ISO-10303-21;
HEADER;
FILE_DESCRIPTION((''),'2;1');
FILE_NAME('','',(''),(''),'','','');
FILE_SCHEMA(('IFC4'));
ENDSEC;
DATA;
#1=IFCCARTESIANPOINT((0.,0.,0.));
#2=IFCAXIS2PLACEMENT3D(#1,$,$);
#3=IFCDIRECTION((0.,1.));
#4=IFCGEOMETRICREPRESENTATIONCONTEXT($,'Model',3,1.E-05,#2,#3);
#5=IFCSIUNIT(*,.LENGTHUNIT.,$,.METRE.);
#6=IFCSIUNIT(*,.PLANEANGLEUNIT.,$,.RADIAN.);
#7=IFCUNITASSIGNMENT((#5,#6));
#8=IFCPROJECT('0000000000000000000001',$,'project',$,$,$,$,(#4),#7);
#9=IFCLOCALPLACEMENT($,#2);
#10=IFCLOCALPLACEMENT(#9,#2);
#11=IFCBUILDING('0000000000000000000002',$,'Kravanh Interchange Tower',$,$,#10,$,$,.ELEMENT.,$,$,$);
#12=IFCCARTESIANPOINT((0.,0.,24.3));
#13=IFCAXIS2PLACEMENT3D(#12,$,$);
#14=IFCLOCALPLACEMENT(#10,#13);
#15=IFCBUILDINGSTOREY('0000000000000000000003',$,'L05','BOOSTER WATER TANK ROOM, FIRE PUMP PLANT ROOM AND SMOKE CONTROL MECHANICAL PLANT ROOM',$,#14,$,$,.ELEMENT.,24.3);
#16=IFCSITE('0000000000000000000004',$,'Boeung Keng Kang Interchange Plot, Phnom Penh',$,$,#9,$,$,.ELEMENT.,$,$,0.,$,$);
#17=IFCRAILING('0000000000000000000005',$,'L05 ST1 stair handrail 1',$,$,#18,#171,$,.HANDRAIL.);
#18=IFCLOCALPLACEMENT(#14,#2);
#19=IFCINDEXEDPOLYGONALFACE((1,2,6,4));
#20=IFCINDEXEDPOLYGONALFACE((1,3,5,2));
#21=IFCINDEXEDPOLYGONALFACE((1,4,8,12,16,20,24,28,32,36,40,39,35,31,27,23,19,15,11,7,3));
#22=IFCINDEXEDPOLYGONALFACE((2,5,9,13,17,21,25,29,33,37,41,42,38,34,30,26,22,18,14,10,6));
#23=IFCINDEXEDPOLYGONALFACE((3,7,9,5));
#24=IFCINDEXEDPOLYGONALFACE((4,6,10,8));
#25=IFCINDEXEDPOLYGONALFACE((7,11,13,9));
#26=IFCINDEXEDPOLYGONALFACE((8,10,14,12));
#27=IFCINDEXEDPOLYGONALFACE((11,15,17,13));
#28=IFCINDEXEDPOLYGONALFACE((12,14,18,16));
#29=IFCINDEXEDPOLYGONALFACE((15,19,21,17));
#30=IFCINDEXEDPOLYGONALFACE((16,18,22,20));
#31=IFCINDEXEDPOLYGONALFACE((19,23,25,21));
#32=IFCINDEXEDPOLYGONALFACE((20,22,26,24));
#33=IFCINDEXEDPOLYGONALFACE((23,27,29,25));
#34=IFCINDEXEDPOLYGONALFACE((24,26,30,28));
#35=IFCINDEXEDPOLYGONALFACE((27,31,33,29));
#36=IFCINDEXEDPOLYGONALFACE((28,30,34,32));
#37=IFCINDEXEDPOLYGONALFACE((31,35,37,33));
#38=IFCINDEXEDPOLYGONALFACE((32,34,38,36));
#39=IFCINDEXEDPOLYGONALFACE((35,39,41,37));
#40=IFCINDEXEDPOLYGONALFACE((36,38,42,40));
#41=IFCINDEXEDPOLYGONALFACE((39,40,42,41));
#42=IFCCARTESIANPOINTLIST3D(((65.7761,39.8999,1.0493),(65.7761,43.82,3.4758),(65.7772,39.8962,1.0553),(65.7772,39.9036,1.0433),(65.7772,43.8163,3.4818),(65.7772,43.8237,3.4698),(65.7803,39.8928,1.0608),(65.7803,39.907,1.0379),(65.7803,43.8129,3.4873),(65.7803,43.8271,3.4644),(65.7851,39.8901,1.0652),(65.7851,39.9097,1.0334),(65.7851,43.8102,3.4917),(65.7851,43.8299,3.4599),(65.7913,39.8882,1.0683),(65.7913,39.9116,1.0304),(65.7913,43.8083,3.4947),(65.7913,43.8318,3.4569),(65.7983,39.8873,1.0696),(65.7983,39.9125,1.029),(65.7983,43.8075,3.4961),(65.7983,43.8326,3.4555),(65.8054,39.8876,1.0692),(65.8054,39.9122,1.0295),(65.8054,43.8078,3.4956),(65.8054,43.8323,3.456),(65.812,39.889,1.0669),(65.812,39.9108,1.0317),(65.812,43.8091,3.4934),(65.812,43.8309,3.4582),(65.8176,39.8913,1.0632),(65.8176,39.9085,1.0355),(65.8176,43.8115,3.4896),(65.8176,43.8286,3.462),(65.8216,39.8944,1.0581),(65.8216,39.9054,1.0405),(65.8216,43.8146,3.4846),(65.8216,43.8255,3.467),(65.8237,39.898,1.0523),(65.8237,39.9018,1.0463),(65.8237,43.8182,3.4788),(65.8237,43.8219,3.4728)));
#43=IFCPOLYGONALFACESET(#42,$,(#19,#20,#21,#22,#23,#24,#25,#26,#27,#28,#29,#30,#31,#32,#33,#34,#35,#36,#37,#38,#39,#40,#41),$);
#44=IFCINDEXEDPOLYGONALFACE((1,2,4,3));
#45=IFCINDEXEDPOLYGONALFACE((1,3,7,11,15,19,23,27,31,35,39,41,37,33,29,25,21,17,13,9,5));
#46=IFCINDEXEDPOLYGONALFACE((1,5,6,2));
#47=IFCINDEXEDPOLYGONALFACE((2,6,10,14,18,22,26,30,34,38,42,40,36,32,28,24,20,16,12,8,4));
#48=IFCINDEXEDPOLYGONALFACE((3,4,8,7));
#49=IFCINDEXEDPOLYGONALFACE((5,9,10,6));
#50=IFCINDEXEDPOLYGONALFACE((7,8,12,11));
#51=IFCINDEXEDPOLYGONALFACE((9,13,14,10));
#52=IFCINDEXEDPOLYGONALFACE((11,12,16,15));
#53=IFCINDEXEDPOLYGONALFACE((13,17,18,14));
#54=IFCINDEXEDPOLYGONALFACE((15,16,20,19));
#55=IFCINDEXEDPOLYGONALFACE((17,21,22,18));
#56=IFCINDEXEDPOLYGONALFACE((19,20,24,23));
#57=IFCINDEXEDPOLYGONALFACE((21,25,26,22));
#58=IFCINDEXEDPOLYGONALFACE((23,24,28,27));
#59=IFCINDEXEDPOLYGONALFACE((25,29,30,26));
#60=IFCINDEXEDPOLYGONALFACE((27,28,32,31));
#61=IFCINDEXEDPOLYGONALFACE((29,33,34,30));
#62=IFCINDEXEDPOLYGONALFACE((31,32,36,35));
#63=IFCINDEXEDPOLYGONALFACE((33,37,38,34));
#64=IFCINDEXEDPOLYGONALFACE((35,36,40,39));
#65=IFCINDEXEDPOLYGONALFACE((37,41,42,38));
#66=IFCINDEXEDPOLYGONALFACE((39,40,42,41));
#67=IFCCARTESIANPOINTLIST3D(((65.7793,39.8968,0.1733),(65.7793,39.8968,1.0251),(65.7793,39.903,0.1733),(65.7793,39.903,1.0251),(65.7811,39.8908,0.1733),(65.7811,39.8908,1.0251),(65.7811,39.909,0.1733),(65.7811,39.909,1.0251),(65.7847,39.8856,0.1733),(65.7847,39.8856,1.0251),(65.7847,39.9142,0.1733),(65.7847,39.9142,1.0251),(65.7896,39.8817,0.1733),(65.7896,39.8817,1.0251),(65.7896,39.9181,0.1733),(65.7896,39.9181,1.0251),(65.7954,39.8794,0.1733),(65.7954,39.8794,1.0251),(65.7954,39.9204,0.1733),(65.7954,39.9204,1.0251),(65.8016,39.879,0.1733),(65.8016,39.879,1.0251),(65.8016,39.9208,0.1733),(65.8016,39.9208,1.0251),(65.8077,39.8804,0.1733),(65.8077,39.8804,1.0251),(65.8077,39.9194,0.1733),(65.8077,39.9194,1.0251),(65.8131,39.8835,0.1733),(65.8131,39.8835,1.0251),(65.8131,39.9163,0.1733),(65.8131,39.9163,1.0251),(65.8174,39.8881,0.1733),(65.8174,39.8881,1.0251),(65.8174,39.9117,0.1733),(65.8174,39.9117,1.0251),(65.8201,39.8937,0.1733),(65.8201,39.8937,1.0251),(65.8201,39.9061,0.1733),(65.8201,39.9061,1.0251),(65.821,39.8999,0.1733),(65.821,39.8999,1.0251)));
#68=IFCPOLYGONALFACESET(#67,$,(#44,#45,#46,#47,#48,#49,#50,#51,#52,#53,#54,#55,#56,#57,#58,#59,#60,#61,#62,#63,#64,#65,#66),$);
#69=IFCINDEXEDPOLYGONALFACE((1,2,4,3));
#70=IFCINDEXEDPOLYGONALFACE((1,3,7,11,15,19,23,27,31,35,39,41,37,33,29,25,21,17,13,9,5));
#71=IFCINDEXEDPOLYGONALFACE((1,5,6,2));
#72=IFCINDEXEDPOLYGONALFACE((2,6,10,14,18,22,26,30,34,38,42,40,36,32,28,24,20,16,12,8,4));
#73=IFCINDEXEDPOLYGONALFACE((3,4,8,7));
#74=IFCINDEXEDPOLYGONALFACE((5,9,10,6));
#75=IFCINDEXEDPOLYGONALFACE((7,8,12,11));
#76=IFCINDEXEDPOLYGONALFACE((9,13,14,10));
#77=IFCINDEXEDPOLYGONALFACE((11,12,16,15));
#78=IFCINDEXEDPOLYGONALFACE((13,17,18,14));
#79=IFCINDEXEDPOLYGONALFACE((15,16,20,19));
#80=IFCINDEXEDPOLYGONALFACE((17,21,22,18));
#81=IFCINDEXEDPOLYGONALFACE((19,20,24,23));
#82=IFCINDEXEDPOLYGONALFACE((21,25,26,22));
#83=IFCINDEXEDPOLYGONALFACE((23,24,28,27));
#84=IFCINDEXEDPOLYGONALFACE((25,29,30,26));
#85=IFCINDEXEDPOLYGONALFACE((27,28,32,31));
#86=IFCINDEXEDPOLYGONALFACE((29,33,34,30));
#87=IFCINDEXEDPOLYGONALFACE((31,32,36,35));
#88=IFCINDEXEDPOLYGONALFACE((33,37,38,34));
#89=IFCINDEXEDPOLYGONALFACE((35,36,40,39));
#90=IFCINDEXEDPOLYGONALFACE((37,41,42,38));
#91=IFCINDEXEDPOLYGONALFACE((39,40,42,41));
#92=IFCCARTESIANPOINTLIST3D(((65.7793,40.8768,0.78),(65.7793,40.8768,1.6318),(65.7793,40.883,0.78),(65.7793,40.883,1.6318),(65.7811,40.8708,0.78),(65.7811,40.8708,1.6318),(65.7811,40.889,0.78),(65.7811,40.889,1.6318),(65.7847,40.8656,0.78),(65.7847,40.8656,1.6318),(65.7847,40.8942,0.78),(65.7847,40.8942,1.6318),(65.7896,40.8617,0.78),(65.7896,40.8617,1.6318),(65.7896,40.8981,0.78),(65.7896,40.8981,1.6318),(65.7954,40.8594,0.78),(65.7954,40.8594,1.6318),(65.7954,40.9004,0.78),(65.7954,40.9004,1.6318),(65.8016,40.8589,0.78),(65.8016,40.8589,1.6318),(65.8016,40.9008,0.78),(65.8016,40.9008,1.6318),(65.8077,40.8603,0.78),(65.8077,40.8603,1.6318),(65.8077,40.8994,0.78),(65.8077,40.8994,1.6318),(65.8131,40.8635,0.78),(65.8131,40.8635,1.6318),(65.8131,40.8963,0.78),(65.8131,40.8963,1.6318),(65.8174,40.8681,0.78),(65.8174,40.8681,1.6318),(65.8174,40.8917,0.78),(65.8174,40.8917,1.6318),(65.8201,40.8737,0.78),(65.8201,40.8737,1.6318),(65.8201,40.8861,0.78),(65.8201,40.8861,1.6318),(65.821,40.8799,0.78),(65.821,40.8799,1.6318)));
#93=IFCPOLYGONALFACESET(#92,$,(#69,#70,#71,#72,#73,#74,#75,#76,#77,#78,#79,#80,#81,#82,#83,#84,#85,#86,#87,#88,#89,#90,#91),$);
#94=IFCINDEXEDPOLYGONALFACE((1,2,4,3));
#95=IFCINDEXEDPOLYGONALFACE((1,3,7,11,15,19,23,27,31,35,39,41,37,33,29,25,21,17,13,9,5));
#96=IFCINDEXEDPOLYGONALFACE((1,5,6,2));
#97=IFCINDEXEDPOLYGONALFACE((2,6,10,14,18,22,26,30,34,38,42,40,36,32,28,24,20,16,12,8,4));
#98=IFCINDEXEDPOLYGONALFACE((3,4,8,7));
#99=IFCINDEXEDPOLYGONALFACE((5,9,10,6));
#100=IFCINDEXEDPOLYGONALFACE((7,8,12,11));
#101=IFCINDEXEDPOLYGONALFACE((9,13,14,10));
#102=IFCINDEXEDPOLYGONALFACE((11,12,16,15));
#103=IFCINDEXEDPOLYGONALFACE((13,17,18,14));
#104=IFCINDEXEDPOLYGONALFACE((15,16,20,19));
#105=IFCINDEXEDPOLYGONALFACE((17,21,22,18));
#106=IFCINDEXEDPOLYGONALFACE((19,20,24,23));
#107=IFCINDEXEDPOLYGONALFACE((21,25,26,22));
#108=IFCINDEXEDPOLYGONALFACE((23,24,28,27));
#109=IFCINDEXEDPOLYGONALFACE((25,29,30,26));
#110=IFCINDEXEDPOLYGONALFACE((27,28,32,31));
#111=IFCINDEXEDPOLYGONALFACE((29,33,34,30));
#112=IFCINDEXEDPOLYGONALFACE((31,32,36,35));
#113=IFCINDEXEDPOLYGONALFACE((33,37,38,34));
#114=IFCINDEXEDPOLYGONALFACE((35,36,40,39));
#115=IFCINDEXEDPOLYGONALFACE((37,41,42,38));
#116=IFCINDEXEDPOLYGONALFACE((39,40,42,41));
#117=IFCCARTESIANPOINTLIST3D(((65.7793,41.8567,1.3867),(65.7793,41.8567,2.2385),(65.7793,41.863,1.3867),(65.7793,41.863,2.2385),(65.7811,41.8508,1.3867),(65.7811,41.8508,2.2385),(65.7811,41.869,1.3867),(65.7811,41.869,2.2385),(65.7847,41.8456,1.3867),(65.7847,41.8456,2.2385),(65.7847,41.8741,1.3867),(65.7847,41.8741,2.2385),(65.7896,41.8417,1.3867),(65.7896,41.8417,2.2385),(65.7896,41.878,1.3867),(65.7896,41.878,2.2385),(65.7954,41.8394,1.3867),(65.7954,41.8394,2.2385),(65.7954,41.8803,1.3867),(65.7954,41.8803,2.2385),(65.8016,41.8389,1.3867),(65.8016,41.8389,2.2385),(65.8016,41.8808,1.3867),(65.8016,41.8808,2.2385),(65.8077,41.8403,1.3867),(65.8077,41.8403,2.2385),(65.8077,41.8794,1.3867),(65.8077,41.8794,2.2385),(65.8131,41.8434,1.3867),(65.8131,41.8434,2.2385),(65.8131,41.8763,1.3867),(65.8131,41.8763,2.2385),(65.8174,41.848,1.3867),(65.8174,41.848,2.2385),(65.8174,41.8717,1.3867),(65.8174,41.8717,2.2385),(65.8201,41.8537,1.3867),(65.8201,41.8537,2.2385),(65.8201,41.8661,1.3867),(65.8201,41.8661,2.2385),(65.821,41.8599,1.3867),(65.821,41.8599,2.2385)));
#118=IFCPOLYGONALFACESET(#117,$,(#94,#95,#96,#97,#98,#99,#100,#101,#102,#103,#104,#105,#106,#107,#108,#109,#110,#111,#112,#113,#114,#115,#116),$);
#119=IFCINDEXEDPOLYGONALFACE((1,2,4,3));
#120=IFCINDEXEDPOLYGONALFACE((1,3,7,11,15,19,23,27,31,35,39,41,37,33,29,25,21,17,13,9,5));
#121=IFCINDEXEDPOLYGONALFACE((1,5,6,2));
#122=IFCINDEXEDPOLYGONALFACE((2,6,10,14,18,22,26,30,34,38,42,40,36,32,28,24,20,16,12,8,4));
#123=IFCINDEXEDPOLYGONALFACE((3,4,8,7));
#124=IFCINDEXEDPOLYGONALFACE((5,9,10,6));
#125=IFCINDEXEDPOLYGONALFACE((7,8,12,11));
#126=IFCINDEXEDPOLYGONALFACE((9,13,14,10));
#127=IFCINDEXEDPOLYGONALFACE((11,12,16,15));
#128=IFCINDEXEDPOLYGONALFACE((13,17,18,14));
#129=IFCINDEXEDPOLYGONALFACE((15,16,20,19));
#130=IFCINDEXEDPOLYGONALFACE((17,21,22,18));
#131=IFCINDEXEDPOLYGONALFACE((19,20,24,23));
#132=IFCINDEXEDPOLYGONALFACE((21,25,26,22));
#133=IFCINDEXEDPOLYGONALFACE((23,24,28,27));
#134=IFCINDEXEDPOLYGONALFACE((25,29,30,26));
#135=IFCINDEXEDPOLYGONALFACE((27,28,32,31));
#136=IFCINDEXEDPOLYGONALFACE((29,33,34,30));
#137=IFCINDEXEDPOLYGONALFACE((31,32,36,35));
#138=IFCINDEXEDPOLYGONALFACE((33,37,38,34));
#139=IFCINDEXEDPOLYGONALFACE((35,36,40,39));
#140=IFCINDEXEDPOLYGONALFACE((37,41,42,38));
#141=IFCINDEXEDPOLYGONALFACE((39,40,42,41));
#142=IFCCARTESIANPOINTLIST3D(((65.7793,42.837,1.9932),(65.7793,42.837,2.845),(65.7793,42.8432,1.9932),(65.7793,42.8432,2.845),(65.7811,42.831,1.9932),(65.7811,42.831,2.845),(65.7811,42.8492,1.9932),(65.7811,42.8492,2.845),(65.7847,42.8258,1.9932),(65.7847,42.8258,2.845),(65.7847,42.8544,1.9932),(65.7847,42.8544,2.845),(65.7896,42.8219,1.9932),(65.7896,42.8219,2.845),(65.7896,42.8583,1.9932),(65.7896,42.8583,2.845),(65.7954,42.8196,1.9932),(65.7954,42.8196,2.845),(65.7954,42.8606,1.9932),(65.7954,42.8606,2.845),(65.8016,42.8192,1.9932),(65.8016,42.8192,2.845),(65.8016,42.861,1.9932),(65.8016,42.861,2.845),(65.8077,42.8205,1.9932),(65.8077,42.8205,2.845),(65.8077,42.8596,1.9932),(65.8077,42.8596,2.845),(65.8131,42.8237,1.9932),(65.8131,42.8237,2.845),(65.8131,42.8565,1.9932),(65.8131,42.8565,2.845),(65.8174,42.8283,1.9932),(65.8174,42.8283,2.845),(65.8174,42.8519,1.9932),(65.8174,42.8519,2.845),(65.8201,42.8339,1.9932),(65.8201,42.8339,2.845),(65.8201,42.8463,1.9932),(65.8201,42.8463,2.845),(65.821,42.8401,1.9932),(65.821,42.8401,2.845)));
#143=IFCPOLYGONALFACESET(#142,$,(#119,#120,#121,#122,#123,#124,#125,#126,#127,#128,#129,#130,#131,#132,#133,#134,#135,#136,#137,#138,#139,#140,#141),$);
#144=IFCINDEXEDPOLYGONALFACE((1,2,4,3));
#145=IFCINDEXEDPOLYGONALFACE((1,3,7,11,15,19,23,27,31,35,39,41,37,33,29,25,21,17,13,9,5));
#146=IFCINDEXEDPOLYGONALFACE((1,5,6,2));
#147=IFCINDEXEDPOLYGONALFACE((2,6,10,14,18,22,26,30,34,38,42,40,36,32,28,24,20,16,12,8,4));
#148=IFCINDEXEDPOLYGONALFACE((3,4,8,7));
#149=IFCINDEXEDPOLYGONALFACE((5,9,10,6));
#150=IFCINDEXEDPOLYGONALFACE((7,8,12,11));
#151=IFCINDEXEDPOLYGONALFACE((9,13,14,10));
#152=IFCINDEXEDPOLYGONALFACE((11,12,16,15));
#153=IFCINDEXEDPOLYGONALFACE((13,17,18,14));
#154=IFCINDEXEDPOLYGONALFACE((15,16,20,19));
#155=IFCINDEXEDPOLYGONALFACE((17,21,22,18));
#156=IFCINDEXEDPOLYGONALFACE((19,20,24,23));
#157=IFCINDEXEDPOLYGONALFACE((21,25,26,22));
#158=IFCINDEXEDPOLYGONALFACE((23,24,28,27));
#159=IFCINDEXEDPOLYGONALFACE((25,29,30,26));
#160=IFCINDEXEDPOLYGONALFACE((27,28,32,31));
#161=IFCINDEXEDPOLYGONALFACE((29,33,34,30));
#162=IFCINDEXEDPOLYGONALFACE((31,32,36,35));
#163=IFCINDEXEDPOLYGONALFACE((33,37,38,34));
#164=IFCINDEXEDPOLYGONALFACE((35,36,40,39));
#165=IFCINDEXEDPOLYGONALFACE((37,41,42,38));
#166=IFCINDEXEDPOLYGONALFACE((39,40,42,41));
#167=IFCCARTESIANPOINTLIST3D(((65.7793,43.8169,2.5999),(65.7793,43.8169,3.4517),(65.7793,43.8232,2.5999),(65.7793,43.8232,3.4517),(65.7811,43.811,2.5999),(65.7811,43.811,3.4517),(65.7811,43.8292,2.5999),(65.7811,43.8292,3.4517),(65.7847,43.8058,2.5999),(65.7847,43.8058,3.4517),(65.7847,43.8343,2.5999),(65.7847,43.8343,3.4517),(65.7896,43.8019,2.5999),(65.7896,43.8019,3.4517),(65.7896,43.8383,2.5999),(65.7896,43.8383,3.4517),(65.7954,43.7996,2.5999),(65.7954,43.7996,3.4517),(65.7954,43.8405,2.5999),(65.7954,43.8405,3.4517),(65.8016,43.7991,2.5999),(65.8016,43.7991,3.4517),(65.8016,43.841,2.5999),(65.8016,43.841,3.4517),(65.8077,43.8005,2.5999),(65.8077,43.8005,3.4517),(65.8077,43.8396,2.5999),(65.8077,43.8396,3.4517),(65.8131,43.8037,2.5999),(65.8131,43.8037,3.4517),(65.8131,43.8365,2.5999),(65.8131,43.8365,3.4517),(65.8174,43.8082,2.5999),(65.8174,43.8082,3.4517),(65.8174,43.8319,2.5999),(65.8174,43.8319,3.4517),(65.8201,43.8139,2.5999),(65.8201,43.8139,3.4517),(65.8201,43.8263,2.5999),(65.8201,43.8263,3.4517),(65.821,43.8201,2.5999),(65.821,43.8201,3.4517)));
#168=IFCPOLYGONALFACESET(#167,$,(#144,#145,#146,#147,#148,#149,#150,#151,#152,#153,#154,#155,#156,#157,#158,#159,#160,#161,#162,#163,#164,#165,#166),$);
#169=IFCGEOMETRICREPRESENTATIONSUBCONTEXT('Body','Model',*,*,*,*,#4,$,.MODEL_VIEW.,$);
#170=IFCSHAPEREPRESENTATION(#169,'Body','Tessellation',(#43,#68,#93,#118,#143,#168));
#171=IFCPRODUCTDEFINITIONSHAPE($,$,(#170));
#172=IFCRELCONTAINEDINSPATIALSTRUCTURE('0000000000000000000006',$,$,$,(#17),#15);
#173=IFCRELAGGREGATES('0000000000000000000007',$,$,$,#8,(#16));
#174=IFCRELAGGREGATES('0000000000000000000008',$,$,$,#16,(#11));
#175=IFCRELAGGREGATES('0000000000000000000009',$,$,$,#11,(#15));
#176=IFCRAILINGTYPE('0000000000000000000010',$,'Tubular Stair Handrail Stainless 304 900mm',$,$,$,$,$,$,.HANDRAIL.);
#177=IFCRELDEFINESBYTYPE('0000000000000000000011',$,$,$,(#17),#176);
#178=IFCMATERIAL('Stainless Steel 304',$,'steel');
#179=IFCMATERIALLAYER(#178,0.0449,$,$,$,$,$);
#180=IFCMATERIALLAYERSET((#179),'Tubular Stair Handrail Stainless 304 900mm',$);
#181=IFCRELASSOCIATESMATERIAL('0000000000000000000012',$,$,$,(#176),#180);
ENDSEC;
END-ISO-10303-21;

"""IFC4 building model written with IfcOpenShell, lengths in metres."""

from ifc_helpers import new_model, si_unit, direction, frame, origin, origin_2d, place, context, subcontext, project, spatial, circle, extrude, material, layer, layer_set, type_object, element, save


model = new_model("IFC4")

# Units and contexts
model_context = context("Model", 3, precision=1e-05, world=origin(), true_north=direction((0.0, 1.0)))
body_context = subcontext(model_context, "Body", "Model", "MODEL_VIEW")
ifc_project = project(units=[si_unit("LENGTHUNIT", "METRE"), si_unit("PLANEANGLEUNIT", "RADIAN")], contexts=[model_context])

# Site, building, storey
site_placement = place(None, origin())
site = spatial("IfcSite", under=ifc_project, at=site_placement, Name="Boeung Keng Kang Interchange Plot, Phnom Penh", CompositionType="ELEMENT", RefElevation=0.0)
building_placement = place(site_placement, origin())
building = spatial("IfcBuilding", under=site, at=building_placement, Name="Kravanh Interchange Tower", CompositionType="ELEMENT")
storey_placement = place(building_placement, frame((0.0, 0.0, 24.3)))
storey = spatial("IfcBuildingStorey", under=building, at=storey_placement, Name="L05", Description="BOOSTER WATER TANK ROOM, FIRE PUMP PLANT ROOM AND SMOKE CONTROL MECHANICAL PLANT ROOM", CompositionType="ELEMENT", Elevation=24.3)

# Railing
ifc_material_1 = material(Name="Stainless Steel 304", Category="steel")
ifc_layer_1 = layer(ifc_material_1, 0.0449)
ifc_layer_set_1 = layer_set([ifc_layer_1], Name="Tubular Stair Handrail Stainless 304 900mm")
railing_type_1 = type_object("IfcRailingType", Name="Tubular Stair Handrail Stainless 304 900mm", PredefinedType="HANDRAIL", material=ifc_layer_set_1)
railing_1_placement = place(storey_placement, frame((65.8, 39.8999, 0.1733)))
element("IfcRailing", 1, at=railing_1_placement, inside=storey, type_object=railing_type_1, Name="L05 ST1 stair handrail 1", PredefinedType="HANDRAIL", context=body_context, shape_type="SweptSolid", body=[
    extrude(circle(Radius=0.0239, at=origin_2d()), frame((0.0, 0.0, 0.876), z_axis=(0.0, 0.85029, 0.526315), x_axis=(-1.0, 0.0, 0.0)), (0.0, 0.0, 1.0), 4.6104),
    extrude(circle(Radius=0.021, at=origin_2d()), origin(), (0.0, 0.0, 1.0), 0.8518),
    extrude(circle(Radius=0.021, at=origin_2d()), frame((0.0, 0.98, 0.6067)), (0.0, 0.0, 1.0), 0.8518),
    extrude(circle(Radius=0.021, at=origin_2d()), frame((0.0, 1.96, 1.2134)), (0.0, 0.0, 1.0), 0.8518),
    extrude(circle(Radius=0.021, at=origin_2d()), frame((0.0, 2.9402, 1.8198)), (0.0, 0.0, 1.0), 0.8518),
    extrude(circle(Radius=0.021, at=origin_2d()), frame((0.0, 3.9202, 2.4265)), (0.0, 0.0, 1.0), 0.8518),
])

save(model, "model.ifc")
